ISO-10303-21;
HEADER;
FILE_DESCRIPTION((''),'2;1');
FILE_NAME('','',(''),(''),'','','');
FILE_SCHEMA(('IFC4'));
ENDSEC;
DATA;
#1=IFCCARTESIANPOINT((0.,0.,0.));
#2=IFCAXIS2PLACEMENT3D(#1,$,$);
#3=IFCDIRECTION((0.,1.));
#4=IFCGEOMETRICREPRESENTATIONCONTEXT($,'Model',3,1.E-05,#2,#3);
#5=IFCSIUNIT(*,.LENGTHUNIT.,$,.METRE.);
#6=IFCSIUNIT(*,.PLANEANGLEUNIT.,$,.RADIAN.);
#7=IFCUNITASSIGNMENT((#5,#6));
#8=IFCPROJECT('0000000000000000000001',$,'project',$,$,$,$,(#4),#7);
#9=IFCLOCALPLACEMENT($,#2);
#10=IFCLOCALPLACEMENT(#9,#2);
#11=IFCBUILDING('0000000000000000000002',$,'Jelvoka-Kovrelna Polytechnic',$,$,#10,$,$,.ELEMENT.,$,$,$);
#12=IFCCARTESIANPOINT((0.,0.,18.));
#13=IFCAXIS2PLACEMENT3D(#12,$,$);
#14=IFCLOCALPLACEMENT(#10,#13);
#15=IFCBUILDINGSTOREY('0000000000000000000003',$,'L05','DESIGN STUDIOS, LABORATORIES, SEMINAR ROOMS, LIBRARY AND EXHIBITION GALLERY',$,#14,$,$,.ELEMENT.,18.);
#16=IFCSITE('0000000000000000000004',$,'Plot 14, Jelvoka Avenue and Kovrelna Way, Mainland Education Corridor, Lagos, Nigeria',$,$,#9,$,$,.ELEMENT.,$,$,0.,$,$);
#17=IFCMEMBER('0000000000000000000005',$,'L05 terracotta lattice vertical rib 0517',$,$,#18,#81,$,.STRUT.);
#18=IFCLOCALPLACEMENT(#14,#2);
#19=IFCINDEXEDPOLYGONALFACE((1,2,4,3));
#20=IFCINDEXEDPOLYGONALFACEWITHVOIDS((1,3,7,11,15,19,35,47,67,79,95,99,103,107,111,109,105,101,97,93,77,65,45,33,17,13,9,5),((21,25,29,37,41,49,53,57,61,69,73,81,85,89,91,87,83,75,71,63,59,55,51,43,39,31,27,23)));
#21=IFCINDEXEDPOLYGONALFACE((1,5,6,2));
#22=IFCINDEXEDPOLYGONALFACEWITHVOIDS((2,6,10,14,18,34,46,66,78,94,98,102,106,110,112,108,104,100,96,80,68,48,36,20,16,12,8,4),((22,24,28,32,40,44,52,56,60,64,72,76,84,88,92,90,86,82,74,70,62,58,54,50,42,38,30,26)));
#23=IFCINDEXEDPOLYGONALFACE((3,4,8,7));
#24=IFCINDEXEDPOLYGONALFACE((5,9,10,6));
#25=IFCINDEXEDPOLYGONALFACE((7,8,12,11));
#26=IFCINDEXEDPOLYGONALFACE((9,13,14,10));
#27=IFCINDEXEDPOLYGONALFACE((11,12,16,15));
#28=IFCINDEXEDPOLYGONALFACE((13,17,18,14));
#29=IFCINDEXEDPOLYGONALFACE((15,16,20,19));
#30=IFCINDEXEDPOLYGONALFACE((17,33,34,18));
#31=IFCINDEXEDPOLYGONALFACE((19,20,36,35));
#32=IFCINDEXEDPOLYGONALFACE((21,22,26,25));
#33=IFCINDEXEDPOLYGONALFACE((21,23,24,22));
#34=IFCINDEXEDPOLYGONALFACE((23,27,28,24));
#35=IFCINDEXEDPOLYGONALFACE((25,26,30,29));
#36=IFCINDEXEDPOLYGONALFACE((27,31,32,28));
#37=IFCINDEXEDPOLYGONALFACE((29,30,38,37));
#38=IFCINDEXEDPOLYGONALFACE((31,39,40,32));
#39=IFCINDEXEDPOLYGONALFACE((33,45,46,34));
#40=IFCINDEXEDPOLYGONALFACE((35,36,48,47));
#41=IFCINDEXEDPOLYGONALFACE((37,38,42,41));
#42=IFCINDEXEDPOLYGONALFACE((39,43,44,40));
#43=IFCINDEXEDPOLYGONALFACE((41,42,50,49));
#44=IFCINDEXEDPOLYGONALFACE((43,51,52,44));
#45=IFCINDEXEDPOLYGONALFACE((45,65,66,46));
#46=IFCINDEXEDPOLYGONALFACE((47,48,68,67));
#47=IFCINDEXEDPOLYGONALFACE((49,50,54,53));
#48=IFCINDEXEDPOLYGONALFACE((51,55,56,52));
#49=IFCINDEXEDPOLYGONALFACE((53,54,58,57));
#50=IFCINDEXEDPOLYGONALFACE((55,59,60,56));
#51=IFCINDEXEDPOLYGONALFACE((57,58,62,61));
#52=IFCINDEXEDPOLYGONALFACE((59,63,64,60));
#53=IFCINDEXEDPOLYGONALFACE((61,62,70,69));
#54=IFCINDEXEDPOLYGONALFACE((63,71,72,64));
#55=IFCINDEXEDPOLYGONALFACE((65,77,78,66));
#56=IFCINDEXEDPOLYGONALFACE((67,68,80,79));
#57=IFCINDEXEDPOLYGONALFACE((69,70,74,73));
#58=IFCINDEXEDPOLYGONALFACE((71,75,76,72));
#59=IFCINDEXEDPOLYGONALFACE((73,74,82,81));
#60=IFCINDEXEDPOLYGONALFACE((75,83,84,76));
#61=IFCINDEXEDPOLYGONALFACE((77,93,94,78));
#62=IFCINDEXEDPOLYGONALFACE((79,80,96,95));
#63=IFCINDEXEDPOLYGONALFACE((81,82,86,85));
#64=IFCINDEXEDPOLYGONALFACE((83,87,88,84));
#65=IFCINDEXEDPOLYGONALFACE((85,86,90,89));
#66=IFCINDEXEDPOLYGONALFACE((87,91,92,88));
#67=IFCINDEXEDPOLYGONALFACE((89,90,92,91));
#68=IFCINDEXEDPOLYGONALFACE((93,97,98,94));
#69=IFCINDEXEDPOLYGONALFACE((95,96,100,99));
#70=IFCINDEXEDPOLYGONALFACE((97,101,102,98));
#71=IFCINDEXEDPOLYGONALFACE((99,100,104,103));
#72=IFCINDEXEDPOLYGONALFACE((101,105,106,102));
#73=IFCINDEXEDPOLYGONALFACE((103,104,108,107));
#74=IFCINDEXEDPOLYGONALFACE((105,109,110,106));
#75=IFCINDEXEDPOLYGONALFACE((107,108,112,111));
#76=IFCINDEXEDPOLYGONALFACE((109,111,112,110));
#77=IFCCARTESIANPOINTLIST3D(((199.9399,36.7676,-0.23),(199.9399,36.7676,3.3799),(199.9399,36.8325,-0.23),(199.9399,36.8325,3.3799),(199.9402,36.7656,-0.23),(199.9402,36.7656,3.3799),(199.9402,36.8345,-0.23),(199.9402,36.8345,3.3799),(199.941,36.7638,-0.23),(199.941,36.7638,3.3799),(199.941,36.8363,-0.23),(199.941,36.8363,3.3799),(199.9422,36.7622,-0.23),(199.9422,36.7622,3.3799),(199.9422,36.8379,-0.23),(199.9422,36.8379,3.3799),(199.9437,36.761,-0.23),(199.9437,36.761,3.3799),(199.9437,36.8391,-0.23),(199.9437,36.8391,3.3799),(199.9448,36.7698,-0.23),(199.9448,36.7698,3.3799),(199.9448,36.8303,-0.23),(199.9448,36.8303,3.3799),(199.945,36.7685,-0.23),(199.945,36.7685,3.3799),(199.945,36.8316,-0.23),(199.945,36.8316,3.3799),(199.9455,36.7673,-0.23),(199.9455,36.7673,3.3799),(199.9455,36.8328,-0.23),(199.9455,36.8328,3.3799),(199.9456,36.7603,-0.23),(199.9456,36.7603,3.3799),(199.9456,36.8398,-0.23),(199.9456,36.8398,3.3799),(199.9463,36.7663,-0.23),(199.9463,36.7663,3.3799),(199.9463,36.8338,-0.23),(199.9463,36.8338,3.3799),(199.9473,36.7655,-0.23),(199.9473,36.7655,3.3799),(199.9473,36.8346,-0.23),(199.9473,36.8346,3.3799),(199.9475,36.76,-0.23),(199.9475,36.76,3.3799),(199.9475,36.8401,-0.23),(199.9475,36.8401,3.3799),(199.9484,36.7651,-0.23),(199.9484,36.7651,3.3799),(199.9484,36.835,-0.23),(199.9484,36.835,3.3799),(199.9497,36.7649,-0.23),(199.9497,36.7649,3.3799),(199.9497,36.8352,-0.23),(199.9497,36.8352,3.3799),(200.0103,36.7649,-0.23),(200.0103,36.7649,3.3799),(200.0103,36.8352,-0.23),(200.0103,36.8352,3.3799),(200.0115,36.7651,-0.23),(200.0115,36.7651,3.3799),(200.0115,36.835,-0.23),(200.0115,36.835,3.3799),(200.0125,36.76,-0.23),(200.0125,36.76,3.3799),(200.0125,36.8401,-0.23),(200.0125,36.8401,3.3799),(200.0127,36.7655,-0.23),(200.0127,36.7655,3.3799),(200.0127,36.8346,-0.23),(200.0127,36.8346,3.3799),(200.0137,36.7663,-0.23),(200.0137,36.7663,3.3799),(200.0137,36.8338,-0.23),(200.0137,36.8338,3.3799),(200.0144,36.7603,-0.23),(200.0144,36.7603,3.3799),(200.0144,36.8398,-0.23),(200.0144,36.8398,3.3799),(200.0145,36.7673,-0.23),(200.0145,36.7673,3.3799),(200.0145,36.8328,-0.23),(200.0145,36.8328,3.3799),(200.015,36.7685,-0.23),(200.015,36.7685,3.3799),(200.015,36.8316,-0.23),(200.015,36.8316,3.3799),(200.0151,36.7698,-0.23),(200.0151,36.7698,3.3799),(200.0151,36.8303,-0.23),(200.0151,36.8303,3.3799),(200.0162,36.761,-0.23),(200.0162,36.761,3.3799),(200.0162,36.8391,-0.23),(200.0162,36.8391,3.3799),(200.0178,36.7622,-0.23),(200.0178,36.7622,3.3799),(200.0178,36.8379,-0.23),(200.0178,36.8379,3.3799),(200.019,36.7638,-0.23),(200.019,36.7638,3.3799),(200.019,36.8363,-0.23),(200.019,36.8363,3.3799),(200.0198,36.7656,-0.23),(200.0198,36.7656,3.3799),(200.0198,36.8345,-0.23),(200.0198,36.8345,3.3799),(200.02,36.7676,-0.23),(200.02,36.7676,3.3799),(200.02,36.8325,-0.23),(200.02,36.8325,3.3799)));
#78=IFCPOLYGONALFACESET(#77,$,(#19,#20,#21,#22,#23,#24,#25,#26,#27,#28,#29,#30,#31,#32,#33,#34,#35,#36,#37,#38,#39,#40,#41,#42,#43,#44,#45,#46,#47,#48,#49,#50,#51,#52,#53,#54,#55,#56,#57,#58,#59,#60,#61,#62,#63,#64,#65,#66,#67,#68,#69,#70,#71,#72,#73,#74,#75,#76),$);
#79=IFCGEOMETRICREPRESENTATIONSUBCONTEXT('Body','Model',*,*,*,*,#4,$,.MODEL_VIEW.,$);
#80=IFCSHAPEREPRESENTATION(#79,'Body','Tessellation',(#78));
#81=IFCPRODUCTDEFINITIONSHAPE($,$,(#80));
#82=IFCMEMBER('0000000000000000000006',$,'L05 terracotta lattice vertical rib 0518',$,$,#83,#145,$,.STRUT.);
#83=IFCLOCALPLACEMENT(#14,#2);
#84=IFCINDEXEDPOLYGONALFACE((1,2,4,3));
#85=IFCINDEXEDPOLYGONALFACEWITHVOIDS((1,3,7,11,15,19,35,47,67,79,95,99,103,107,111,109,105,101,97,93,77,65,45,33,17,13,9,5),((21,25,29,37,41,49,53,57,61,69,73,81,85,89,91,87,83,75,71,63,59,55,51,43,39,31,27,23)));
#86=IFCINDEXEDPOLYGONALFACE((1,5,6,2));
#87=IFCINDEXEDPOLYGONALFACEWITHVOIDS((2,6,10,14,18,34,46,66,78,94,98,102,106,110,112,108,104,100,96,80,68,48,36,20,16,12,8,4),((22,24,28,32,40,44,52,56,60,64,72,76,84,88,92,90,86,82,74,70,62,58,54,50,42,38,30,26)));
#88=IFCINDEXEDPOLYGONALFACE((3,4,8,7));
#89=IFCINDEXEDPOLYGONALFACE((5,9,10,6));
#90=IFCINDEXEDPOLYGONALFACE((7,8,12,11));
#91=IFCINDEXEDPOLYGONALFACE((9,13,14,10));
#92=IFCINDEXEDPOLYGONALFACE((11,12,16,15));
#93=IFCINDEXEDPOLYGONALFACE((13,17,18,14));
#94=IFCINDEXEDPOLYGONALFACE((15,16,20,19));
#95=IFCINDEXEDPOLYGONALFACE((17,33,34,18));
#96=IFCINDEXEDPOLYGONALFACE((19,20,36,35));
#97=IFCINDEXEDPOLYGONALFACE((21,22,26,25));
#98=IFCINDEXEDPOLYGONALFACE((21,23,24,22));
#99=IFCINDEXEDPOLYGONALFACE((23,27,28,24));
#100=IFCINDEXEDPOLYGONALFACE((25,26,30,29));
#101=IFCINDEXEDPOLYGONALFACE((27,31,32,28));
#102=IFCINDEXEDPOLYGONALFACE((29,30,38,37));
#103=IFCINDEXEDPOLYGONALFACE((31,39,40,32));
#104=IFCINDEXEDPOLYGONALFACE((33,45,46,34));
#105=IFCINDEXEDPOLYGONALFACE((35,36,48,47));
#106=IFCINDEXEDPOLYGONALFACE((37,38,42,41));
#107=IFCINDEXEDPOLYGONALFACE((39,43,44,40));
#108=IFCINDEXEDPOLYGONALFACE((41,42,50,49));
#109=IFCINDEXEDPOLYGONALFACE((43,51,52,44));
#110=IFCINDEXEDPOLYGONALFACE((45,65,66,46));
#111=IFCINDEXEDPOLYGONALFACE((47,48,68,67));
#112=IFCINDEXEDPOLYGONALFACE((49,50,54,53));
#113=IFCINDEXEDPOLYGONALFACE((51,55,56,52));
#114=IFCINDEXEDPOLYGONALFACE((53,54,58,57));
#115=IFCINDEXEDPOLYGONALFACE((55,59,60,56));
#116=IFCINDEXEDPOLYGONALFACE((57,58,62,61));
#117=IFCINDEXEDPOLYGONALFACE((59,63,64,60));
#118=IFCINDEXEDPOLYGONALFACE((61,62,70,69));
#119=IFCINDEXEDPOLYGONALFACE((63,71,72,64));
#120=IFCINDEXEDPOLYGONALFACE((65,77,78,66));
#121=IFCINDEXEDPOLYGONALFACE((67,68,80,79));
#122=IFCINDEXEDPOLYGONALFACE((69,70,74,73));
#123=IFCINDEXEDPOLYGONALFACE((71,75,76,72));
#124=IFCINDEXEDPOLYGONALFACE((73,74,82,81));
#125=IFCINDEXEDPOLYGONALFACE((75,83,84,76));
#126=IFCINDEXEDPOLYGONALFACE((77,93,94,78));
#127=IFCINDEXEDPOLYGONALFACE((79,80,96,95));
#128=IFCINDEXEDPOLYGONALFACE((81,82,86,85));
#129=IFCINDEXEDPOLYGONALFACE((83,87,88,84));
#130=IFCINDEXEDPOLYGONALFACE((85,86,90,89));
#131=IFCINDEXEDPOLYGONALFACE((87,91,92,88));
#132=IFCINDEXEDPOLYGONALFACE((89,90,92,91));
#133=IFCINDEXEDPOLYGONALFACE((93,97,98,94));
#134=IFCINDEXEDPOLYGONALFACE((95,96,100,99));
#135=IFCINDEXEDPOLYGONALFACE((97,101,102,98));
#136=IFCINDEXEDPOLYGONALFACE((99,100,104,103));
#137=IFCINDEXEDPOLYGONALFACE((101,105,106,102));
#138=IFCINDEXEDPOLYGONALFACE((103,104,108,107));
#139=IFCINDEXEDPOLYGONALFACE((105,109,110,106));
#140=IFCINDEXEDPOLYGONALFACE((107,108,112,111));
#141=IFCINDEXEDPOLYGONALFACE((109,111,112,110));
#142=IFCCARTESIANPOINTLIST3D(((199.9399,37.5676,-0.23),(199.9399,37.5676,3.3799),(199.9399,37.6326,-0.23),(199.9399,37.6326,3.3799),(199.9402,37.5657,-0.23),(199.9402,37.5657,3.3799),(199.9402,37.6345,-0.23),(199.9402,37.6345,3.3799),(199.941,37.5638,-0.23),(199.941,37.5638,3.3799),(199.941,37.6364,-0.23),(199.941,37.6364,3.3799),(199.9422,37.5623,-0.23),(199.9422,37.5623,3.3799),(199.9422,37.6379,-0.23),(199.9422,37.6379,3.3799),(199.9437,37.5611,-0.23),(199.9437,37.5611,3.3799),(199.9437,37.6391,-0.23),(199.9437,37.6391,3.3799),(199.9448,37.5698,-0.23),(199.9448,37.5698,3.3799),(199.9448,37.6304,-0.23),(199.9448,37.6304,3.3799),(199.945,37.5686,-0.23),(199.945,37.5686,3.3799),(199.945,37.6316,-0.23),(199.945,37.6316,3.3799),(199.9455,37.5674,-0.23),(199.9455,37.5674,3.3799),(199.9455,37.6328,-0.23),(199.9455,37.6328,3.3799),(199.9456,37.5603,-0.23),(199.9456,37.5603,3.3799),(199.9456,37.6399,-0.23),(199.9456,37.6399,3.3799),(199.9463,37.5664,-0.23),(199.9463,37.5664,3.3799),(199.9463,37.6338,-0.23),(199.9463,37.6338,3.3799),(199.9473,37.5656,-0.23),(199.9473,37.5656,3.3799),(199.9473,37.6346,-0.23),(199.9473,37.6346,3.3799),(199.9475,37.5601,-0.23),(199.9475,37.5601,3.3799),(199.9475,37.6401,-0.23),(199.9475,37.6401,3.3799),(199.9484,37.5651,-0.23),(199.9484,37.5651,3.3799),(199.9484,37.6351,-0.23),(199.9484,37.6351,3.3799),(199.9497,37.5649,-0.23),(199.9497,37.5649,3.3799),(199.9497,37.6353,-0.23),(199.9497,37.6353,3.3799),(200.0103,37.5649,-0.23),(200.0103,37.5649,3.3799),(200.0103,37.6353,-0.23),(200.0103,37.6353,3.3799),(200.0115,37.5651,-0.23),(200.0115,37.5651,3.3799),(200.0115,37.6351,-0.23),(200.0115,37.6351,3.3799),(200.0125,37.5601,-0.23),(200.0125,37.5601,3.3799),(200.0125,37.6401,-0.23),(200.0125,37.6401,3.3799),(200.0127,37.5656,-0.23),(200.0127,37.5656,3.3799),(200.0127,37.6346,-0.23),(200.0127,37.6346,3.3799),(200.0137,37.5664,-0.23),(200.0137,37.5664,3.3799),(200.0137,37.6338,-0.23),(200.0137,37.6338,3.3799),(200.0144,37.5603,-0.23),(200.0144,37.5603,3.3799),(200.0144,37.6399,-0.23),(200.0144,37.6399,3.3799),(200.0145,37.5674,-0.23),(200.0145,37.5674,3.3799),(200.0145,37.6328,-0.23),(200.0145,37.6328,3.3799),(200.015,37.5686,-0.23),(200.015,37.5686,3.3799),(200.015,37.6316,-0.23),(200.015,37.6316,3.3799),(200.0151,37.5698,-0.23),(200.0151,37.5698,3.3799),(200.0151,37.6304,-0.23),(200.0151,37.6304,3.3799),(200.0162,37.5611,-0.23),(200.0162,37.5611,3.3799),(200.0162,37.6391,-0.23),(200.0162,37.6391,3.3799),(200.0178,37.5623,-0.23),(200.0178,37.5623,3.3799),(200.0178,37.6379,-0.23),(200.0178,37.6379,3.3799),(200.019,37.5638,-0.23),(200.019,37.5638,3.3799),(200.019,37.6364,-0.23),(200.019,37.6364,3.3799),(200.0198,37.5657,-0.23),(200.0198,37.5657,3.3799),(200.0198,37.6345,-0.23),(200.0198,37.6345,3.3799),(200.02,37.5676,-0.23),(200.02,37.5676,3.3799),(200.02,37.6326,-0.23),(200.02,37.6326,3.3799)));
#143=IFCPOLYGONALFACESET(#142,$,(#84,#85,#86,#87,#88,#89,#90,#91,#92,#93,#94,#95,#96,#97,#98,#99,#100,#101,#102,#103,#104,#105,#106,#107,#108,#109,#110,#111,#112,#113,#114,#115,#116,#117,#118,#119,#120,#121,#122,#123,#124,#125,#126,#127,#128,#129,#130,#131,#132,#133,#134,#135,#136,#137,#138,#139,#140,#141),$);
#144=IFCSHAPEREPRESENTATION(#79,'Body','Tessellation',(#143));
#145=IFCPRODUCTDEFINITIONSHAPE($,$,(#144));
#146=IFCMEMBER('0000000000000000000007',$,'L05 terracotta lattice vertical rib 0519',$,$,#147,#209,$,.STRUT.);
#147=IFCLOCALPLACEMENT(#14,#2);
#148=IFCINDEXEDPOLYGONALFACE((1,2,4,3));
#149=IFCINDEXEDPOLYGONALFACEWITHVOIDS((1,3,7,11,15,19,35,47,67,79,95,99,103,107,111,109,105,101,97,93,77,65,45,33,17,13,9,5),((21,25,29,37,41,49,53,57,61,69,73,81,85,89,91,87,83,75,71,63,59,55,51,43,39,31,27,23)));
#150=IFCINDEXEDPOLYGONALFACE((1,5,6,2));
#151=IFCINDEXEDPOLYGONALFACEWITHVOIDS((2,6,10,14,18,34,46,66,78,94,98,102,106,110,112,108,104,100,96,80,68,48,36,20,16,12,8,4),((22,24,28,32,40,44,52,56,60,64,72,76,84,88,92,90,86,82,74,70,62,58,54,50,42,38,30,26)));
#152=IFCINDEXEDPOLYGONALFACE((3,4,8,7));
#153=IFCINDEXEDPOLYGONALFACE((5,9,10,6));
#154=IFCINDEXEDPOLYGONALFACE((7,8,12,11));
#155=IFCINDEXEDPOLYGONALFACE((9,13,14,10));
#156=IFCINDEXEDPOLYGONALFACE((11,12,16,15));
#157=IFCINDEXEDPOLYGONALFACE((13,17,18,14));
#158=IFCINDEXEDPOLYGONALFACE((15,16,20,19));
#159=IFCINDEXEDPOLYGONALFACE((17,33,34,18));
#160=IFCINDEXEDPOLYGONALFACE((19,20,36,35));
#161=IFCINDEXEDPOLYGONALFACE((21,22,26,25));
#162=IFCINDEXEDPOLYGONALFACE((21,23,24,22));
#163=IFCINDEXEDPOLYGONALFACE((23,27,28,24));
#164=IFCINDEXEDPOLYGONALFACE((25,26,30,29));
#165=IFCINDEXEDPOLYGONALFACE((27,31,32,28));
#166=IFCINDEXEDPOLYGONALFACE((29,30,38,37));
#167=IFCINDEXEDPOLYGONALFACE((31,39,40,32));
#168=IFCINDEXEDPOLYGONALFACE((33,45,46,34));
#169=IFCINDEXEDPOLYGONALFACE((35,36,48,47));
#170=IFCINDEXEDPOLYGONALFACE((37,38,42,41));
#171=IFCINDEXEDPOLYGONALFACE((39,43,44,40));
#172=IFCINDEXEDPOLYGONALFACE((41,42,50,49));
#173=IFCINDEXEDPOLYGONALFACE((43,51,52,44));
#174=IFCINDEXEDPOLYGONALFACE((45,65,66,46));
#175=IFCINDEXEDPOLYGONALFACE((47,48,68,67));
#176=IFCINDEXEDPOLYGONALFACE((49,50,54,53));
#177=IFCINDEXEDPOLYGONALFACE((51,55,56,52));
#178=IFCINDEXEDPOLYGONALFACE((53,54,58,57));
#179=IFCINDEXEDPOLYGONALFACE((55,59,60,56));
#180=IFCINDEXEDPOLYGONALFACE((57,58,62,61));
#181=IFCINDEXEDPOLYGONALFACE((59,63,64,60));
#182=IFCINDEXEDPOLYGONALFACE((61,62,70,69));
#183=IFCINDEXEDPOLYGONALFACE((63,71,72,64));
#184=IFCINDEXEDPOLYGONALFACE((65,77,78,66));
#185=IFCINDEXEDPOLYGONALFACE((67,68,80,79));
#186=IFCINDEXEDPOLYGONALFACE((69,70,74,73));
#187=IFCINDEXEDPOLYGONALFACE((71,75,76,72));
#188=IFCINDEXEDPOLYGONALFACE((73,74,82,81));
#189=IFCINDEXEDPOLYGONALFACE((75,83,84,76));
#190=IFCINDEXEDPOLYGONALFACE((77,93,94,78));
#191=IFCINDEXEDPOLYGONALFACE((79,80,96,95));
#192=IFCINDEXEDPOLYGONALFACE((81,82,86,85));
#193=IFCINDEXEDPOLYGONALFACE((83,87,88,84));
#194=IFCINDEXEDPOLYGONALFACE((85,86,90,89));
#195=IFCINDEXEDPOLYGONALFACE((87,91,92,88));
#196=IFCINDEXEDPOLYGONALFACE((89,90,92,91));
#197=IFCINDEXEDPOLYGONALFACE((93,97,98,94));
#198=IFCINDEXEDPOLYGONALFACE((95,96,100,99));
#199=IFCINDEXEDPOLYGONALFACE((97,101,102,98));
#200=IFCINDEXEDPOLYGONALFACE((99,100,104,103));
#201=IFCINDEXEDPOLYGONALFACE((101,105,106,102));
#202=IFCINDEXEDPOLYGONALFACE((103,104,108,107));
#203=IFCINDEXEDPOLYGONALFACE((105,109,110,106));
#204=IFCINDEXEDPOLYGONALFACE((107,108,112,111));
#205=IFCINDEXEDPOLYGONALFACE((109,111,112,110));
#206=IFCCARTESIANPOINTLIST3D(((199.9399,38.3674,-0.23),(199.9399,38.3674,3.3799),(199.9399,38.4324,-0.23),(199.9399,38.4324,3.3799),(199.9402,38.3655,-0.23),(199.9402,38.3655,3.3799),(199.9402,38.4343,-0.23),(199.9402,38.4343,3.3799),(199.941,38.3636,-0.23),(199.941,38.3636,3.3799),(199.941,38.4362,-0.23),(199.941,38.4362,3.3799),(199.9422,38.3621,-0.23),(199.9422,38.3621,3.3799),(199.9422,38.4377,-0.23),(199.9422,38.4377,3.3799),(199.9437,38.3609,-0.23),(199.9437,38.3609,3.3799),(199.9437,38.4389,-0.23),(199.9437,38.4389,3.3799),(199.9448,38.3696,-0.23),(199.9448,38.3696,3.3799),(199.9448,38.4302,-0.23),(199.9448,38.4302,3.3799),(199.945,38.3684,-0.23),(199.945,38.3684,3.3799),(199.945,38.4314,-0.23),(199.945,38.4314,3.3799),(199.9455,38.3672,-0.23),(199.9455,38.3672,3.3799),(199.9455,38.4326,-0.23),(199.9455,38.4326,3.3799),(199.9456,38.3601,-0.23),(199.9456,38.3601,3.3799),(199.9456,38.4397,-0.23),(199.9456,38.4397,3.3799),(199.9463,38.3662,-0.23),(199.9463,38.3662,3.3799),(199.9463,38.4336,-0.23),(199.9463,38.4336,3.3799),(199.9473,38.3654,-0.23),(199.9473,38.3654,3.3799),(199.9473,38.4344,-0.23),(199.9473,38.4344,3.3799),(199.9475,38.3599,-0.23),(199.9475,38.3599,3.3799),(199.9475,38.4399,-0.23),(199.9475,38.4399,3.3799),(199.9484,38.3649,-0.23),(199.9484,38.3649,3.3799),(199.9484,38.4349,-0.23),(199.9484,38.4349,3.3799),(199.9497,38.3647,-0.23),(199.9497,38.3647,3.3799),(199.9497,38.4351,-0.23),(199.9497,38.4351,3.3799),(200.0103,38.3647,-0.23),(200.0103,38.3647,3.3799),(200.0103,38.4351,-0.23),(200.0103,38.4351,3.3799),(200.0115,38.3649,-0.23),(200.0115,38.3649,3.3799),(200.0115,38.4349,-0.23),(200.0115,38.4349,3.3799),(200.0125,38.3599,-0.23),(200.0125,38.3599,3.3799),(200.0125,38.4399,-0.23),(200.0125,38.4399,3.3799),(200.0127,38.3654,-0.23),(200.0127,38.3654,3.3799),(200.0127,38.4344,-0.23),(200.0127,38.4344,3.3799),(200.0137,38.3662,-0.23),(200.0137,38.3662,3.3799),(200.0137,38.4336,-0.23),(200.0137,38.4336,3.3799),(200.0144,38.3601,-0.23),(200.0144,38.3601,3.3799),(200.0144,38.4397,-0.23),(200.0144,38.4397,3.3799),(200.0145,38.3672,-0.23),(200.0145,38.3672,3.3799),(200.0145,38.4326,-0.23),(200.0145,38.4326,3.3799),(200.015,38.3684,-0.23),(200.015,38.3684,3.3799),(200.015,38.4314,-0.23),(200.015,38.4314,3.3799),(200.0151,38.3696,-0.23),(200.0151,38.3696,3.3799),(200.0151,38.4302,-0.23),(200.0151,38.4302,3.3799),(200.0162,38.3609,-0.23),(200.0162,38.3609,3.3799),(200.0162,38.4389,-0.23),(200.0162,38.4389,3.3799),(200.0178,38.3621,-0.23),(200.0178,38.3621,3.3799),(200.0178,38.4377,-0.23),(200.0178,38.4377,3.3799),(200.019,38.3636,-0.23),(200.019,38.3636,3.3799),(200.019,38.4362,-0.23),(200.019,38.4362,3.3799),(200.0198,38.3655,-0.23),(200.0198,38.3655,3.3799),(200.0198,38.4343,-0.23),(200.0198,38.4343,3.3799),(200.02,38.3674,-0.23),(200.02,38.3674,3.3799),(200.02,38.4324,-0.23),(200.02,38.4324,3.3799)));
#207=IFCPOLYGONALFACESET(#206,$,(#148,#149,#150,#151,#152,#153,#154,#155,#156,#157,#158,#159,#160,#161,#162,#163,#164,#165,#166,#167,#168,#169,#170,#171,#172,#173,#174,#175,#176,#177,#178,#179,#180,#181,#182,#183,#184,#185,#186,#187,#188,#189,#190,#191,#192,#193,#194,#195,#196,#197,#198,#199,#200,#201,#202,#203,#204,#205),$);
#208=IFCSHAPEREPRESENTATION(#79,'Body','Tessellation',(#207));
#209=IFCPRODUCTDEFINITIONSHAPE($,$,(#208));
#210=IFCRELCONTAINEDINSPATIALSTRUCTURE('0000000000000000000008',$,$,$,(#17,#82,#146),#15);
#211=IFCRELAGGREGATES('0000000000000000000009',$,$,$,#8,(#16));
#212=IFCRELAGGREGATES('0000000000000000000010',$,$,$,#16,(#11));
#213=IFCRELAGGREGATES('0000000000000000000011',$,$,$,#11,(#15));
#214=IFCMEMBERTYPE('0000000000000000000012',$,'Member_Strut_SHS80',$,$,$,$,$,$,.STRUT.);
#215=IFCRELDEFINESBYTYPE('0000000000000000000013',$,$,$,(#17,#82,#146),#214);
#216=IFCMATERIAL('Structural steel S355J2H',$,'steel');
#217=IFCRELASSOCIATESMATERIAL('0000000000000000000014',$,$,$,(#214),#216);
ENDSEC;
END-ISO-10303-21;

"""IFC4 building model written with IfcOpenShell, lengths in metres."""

from ifc_helpers import new_model, si_unit, direction, frame, origin, origin_2d, place, context, subcontext, project, spatial, hollow_rectangle, extrude, material, material_profile, profile_set, type_object, element, save


model = new_model("IFC4")

# Units and contexts
model_context = context("Model", 3, precision=1e-05, world=origin(), true_north=direction((0.0, 1.0)))
body_context = subcontext(model_context, "Body", "Model", "MODEL_VIEW")
ifc_project = project(units=[si_unit("LENGTHUNIT", "METRE"), si_unit("PLANEANGLEUNIT", "RADIAN")], contexts=[model_context])

# Site, building, storey
site_placement = place(None, origin())
site = spatial("IfcSite", under=ifc_project, at=site_placement, Name="Plot 14, Jelvoka Avenue and Kovrelna Way, Mainland Education Corridor, Lagos, Nigeria", CompositionType="ELEMENT", RefElevation=0.0)
building_placement = place(site_placement, origin())
building = spatial("IfcBuilding", under=site, at=building_placement, Name="Jelvoka-Kovrelna Polytechnic", CompositionType="ELEMENT")
storey_placement = place(building_placement, frame((0.0, 0.0, 18.0)))
storey = spatial("IfcBuildingStorey", under=building, at=storey_placement, Name="L05", Description="DESIGN STUDIOS, LABORATORIES, SEMINAR ROOMS, LIBRARY AND EXHIBITION GALLERY", CompositionType="ELEMENT", Elevation=18.0)

# Members
ifc_material_1 = material(Name="Structural steel S355J2H", Category="steel")
ifc_material_profile_1 = material_profile(ifc_material_1, hollow_rectangle(XDim=0.0801, YDim=0.0801, WallThickness=0.0049, InnerFilletRadius=0.0049, OuterFilletRadius=0.0076, at=origin_2d()), Name="80x80x5.0 SHS")
ifc_profile_set_1 = profile_set([ifc_material_profile_1], Name="Structural steel S355J2H")
member_type_1 = type_object("IfcMemberType", Name="Member_Strut_SHS80", PredefinedType="STRUT", material=ifc_profile_set_1)
for number, where, z_axis, x_axis, name in (
    (1, (199.98, 36.8, -0.23), (0.0, 0.0, 1.0), (1.0, 0.0, 0.0), "L05 terracotta lattice vertical rib 0517"),
    (2, (199.98, 37.6001, -0.23), (0.0, 0.0, 1.0), (1.0, 0.0, 0.0), "L05 terracotta lattice vertical rib 0518"),
    (3, (199.98, 38.3999, -0.23), (0.0, 0.0, 1.0), (1.0, 0.0, 0.0), "L05 terracotta lattice vertical rib 0519"),
):
    element("IfcMember", number, at=place(storey_placement, frame(where, z_axis=z_axis, x_axis=x_axis)), inside=storey, type_object=member_type_1, Name=name, PredefinedType="STRUT", context=body_context, shape_type="SweptSolid", body=[
        extrude(hollow_rectangle(XDim=0.0801, YDim=0.0801, WallThickness=0.0049, InnerFilletRadius=0.0049, OuterFilletRadius=0.0076, at=origin_2d()), origin(), (0.0, 0.0, 1.0), 3.6099),
    ])

save(model, "model.ifc")
